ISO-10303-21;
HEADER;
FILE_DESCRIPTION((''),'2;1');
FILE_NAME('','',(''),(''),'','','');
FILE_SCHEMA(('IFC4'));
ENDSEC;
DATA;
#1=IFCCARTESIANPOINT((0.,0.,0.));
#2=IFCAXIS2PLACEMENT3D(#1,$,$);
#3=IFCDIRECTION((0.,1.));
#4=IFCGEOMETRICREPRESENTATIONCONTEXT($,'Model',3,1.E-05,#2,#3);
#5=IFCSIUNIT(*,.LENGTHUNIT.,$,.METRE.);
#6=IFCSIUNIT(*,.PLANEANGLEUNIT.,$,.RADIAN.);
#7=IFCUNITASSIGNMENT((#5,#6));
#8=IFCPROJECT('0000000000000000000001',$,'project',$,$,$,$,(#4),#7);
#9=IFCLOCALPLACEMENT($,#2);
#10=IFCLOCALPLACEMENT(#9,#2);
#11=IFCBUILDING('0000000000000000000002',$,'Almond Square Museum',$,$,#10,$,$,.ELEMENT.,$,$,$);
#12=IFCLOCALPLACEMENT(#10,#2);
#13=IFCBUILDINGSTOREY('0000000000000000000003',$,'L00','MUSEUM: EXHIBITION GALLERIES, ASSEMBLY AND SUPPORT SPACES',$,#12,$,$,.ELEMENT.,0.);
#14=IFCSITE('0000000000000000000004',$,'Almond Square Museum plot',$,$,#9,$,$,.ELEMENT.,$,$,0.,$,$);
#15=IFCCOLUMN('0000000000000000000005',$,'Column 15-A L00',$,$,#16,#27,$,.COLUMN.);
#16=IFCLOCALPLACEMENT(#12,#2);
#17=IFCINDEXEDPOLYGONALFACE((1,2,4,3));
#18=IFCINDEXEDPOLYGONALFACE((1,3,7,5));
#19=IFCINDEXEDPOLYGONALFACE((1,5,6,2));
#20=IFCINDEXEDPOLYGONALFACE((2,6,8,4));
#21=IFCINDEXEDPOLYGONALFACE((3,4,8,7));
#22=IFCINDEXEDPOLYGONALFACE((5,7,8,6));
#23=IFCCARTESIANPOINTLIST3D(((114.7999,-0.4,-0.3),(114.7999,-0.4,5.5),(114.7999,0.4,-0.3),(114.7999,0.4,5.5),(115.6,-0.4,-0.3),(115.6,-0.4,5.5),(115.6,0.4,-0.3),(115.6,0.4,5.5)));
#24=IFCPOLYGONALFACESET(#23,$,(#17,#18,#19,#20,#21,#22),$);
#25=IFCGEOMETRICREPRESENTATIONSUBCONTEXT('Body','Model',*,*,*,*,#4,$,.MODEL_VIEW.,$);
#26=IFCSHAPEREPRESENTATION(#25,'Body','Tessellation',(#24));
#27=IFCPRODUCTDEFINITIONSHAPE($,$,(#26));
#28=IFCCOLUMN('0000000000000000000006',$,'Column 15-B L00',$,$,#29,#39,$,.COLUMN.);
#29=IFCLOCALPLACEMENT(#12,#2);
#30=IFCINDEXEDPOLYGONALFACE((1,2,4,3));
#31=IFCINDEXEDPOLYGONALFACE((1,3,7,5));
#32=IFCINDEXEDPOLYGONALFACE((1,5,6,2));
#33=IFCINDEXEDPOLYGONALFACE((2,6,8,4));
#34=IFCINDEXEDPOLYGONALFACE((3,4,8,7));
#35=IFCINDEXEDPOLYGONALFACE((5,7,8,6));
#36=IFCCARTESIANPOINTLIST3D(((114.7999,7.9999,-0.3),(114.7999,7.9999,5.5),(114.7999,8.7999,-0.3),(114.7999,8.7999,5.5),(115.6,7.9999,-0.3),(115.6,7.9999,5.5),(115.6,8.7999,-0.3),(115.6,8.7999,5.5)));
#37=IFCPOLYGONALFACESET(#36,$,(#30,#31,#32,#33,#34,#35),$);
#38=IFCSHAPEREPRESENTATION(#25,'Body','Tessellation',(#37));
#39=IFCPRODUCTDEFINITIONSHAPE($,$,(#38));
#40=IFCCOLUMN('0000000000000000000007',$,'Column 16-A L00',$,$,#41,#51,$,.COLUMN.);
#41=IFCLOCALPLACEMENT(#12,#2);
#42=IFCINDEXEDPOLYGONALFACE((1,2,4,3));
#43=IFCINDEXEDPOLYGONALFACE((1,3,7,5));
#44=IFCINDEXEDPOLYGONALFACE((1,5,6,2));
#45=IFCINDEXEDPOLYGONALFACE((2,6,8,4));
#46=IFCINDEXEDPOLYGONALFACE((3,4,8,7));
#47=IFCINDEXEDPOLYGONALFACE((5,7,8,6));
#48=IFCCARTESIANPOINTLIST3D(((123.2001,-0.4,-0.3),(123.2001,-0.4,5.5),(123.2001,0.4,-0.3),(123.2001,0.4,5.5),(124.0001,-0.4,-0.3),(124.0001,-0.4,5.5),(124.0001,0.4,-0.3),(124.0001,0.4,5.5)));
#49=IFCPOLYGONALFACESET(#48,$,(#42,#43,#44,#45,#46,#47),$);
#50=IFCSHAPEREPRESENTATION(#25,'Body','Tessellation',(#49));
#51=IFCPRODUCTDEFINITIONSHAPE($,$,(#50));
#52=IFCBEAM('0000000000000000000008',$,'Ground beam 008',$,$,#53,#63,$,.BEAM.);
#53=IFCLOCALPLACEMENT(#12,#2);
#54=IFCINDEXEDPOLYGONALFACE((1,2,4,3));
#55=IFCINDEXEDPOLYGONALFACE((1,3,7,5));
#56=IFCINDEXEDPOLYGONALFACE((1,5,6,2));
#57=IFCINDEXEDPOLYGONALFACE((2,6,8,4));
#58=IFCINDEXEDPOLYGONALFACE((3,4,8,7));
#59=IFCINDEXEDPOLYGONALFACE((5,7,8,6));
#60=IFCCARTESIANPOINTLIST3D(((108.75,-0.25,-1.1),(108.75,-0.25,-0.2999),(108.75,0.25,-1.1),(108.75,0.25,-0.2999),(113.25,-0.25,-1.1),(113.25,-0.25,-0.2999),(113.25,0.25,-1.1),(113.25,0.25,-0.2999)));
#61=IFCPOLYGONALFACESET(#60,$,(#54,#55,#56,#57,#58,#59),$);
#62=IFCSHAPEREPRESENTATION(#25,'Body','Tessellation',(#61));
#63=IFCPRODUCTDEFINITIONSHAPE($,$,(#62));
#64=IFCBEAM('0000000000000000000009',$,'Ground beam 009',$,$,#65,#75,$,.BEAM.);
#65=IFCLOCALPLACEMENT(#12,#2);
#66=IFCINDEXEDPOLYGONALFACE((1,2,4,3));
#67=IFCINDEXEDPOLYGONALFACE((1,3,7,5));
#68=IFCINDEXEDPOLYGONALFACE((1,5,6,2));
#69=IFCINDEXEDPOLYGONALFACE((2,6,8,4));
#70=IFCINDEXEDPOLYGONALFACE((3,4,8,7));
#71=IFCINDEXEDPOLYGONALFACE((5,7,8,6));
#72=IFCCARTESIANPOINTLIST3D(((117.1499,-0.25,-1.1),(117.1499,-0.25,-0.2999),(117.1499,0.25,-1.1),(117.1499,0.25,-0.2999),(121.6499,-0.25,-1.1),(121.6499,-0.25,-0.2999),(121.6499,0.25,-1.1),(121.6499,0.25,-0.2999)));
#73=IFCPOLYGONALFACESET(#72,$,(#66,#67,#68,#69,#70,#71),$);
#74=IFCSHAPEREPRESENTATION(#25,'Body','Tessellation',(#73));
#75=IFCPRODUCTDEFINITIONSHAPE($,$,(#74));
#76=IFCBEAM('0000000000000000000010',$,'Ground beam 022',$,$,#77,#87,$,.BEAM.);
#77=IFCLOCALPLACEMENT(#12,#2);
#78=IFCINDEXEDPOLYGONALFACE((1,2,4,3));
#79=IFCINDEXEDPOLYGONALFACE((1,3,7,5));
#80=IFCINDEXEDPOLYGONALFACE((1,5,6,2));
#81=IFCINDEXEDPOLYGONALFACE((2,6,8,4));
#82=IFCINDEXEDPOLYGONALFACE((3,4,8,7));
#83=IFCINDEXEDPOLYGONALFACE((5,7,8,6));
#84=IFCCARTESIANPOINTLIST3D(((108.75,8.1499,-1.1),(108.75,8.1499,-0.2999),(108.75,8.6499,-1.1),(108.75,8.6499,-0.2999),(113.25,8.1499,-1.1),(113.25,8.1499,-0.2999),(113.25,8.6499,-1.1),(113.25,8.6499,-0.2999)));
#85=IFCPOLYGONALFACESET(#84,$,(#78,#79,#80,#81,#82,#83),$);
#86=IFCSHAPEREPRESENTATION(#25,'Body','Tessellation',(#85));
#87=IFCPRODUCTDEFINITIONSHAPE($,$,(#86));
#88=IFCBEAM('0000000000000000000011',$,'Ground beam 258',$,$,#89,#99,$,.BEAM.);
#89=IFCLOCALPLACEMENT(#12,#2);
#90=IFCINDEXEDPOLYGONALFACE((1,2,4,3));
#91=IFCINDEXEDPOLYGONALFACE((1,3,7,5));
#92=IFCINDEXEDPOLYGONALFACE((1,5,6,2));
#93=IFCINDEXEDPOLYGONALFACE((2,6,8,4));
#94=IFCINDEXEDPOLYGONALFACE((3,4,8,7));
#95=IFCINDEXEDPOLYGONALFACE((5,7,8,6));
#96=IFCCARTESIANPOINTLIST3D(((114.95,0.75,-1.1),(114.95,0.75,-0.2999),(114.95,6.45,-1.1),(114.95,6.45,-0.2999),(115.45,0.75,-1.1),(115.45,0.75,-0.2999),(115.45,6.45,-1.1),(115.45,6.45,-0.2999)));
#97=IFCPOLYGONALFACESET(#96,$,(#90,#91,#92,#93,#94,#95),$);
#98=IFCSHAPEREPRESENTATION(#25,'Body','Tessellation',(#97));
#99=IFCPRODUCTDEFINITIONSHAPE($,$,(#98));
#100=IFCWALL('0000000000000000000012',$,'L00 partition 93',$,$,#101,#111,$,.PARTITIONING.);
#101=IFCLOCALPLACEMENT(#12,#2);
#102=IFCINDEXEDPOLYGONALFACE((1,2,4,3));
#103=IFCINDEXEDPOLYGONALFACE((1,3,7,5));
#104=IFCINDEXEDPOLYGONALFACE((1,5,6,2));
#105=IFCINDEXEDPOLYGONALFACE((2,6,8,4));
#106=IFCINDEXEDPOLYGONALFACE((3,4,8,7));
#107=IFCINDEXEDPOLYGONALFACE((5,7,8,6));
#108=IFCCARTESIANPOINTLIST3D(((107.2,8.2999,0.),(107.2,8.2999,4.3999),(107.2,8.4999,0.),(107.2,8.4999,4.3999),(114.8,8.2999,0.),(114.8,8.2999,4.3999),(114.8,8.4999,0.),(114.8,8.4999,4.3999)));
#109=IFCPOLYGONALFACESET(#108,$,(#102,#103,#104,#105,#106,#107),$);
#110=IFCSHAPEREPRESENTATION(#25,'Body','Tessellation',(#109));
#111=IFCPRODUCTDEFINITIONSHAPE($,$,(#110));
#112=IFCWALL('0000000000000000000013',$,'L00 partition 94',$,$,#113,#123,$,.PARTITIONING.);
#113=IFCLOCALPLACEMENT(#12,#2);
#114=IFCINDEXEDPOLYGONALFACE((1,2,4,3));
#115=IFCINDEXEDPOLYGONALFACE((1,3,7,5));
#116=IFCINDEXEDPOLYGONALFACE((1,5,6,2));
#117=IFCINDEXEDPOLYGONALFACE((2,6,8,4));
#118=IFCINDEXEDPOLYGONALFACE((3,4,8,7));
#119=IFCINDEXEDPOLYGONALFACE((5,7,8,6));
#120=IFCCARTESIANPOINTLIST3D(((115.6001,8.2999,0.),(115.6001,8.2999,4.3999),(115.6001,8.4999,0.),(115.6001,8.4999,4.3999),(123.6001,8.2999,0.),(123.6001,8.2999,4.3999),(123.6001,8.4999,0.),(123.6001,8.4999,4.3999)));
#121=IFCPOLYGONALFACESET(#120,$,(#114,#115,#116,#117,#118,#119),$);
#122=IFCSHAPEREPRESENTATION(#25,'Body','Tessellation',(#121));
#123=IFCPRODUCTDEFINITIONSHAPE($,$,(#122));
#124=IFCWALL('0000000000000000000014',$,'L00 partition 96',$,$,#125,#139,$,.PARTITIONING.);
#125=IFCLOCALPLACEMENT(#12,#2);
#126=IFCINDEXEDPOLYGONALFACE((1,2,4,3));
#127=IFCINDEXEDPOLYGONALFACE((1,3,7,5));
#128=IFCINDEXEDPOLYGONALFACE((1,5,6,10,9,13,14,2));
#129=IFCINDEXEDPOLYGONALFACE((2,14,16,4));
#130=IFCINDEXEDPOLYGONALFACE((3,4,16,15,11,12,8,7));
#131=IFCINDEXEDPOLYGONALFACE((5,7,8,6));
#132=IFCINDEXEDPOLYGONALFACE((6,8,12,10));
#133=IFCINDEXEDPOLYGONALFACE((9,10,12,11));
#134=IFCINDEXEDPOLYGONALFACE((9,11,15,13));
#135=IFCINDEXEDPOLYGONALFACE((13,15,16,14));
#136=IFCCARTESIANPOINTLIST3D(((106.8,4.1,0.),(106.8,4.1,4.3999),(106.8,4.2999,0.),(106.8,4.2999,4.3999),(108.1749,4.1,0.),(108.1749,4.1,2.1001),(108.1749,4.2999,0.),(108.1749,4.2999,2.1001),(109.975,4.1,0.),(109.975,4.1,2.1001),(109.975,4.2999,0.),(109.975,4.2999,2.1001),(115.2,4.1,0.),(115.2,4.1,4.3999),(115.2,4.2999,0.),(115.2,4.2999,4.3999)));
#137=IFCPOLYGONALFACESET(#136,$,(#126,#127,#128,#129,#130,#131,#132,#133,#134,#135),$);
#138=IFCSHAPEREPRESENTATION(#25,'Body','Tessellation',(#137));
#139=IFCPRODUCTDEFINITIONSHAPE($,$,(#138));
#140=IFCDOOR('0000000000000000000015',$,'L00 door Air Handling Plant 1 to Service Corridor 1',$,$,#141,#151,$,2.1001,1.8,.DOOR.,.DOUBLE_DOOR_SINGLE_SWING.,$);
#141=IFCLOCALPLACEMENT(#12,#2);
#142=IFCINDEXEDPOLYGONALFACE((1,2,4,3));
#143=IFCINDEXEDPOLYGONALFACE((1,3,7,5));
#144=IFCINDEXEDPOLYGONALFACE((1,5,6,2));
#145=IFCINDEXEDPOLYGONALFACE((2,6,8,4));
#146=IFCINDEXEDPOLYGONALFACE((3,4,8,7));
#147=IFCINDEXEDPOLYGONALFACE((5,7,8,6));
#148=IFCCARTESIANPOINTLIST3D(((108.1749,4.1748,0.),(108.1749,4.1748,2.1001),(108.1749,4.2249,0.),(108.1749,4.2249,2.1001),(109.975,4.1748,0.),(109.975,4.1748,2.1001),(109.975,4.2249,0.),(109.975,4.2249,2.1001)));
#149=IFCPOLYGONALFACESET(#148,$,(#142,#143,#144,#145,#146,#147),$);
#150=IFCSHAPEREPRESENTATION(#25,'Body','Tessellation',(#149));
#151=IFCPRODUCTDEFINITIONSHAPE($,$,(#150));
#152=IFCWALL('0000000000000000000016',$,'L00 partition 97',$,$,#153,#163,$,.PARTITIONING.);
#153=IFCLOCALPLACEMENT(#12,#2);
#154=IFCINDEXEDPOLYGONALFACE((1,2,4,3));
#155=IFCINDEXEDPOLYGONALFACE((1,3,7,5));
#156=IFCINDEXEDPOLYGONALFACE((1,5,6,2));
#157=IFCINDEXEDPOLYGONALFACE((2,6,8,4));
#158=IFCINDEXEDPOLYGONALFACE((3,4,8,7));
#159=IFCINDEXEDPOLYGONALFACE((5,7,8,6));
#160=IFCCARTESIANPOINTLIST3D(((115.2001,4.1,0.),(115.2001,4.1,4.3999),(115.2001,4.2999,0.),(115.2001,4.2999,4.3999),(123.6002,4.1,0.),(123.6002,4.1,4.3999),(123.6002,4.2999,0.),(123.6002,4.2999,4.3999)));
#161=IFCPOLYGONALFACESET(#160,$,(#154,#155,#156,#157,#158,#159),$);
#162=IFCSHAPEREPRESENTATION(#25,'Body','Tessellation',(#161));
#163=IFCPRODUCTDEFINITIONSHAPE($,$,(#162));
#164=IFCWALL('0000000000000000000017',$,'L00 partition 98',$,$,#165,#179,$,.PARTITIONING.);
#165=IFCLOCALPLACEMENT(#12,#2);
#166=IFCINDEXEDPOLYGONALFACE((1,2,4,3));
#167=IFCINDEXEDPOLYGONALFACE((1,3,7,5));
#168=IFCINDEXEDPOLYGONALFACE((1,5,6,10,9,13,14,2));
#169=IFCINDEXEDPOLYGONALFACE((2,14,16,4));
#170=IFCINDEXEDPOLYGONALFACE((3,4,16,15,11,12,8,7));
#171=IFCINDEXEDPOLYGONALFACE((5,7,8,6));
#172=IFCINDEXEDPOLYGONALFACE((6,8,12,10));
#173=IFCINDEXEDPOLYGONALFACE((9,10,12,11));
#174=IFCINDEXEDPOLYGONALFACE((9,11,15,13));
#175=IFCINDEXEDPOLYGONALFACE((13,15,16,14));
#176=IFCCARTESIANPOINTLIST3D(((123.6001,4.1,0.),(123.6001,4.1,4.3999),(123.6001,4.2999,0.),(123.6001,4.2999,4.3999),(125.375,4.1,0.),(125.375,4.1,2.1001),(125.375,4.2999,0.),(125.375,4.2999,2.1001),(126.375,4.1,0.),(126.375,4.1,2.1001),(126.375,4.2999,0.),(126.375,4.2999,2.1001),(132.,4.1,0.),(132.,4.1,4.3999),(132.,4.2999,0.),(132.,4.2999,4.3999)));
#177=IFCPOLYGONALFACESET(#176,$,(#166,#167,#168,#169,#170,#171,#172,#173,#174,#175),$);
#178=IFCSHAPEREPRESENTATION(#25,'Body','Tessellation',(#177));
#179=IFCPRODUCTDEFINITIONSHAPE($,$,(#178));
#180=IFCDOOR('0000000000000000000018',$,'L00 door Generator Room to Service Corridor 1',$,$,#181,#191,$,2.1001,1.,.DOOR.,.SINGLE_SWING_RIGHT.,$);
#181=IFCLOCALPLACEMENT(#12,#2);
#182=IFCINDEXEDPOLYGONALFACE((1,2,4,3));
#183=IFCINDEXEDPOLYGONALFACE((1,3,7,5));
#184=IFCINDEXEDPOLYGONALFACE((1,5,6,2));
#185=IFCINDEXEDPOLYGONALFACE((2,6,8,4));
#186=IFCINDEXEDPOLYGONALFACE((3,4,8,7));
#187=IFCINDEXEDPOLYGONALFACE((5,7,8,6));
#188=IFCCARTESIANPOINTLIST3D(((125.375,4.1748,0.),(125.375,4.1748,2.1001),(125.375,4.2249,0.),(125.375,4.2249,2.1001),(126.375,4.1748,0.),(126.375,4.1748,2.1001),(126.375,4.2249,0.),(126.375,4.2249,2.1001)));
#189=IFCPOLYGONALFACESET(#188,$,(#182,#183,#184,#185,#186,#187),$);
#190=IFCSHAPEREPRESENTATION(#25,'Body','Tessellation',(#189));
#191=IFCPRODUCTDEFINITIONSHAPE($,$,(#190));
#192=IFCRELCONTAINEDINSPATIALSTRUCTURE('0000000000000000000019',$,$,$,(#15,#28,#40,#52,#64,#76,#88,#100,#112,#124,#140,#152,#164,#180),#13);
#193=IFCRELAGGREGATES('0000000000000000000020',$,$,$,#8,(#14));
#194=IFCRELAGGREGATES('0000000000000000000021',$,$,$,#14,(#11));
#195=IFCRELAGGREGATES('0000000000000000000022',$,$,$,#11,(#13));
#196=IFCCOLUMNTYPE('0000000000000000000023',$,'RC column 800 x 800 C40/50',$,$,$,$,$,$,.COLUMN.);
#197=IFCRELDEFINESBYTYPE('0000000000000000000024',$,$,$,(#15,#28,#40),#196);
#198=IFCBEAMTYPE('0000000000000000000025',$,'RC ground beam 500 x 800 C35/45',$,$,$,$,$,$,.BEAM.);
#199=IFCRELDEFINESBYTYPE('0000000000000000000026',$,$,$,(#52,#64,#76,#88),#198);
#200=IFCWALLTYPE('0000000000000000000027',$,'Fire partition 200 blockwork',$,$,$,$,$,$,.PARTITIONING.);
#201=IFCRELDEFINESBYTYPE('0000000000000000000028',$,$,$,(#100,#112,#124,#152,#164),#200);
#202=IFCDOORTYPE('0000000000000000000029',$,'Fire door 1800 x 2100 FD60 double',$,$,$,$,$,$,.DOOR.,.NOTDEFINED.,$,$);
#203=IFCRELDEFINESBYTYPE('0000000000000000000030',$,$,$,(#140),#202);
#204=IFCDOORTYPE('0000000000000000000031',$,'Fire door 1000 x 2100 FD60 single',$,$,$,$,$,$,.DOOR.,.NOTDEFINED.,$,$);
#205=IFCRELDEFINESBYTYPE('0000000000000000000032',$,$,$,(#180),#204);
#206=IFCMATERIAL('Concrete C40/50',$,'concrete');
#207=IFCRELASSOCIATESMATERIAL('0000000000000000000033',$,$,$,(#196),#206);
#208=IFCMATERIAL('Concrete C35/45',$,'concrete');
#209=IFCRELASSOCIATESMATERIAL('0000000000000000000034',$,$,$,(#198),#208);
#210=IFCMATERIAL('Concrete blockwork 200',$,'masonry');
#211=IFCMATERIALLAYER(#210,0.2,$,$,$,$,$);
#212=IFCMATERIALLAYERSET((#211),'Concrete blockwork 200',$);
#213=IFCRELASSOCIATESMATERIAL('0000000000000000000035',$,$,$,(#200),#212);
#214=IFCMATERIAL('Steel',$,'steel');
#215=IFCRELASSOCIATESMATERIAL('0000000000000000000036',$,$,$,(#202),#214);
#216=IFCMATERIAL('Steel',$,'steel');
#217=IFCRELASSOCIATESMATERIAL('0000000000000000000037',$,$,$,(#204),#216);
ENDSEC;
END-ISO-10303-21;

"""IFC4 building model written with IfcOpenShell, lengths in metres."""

from ifc_helpers import new_model, si_unit, direction, frame, frame_2d, origin, origin_2d, place, context, subcontext, project, spatial, rectangle, extrude, material, layer, layer_set, material_profile, profile_set, type_object, element, fill, save


model = new_model("IFC4")

# Units and contexts
model_context = context("Model", 3, precision=1e-05, world=origin(), true_north=direction((0.0, 1.0)))
body_context = subcontext(model_context, "Body", "Model", "MODEL_VIEW")
ifc_project = project(units=[si_unit("LENGTHUNIT", "METRE"), si_unit("PLANEANGLEUNIT", "RADIAN")], contexts=[model_context])

# Site, building, storey
site_placement = place(None, origin())
site = spatial("IfcSite", under=ifc_project, at=site_placement, Name="Almond Square Museum plot", CompositionType="ELEMENT", RefElevation=0.0)
building_placement = place(site_placement, origin())
building = spatial("IfcBuilding", under=site, at=building_placement, Name="Almond Square Museum", CompositionType="ELEMENT")
storey_placement = place(building_placement, origin())
storey = spatial("IfcBuildingStorey", under=building, at=storey_placement, Name="L00", Description="MUSEUM: EXHIBITION GALLERIES, ASSEMBLY AND SUPPORT SPACES", CompositionType="ELEMENT", Elevation=0.0)

# Columns
ifc_material_1 = material(Name="Concrete C40/50", Category="concrete")
ifc_material_profile_1 = material_profile(ifc_material_1, rectangle(XDim=0.8, YDim=0.8, at=origin_2d()))
ifc_profile_set_1 = profile_set([ifc_material_profile_1], Name="Concrete C40/50")
column_type = type_object("IfcColumnType", Name="RC column 800 x 800 C40/50", PredefinedType="COLUMN", material=ifc_profile_set_1)
for number, where, z_axis, x_axis, name in (
    (1, (115.2, 0.0, -0.3), (0.0, 0.0, 1.0), (1.0, 0.0, 0.0), "Column 15-A L00"),
    (2, (115.2, 8.3999, -0.3), (0.0, 0.0, 1.0), (1.0, 0.0, 0.0), "Column 15-B L00"),
    (3, (123.6001, 0.0, -0.3), (0.0, 0.0, 1.0), (1.0, 0.0, 0.0), "Column 16-A L00"),
):
    element("IfcColumn", number, at=place(storey_placement, frame(where, z_axis=z_axis, x_axis=x_axis)), inside=storey, type_object=column_type, Name=name, PredefinedType="COLUMN", context=body_context, shape_type="SweptSolid", body=[
        extrude(rectangle(XDim=0.8, YDim=0.8, at=origin_2d()), origin(), (0.0, 0.0, 1.0), 5.8),
    ])

# Beams
ifc_material_2 = material(Name="Concrete C35/45", Category="concrete")
ifc_material_profile_2 = material_profile(ifc_material_2, rectangle(XDim=0.5, YDim=0.8, at=origin_2d()))
ifc_profile_set_2 = profile_set([ifc_material_profile_2], Name="Concrete C35/45")
beam_type = type_object("IfcBeamType", Name="RC ground beam 500 x 800 C35/45", PredefinedType="BEAM", material=ifc_profile_set_2)
for number, where, z_axis, x_axis, name in (
    (4, (108.75, 0.0, -0.7), (1.0, 0.0, 0.0), (0.0, 1.0, 0.0), "Ground beam 008"),
    (5, (117.1499, 0.0, -0.7), (1.0, 0.0, 0.0), (0.0, 1.0, 0.0), "Ground beam 009"),
    (6, (108.75, 8.3999, -0.7), (1.0, 0.0, 0.0), (0.0, 1.0, 0.0), "Ground beam 022"),
):
    element("IfcBeam", number, at=place(storey_placement, frame(where, z_axis=z_axis, x_axis=x_axis)), inside=storey, type_object=beam_type, Name=name, PredefinedType="BEAM", context=body_context, shape_type="SweptSolid", body=[
        extrude(rectangle(XDim=0.5, YDim=0.8, at=origin_2d()), origin(), (0.0, 0.0, 1.0), 4.5),
    ])
beam_placement = place(storey_placement, frame((115.2, 0.75, -0.7), z_axis=(0.0, 1.0, 0.0), x_axis=(-1.0, 0.0, 0.0)))
element("IfcBeam", 7, at=beam_placement, inside=storey, type_object=beam_type, Name="Ground beam 258", PredefinedType="BEAM", context=body_context, shape_type="SweptSolid", body=[
    extrude(rectangle(XDim=0.5, YDim=0.8, at=origin_2d()), origin(), (0.0, 0.0, 1.0), 5.7),
])

# Walls
ifc_material_3 = material(Name="Concrete blockwork 200", Category="masonry")
ifc_layer_1 = layer(ifc_material_3, 0.2)
ifc_layer_set_1 = layer_set([ifc_layer_1], Name="Concrete blockwork 200")
wall_type_1 = type_object("IfcWallType", Name="Fire partition 200 blockwork", PredefinedType="PARTITIONING", material=ifc_layer_set_1)
wall_1_placement = place(storey_placement, frame((107.2, 8.3999, 0.0), z_axis=(0.0, 0.0, 1.0), x_axis=(1.0, 0.0, 0.0)))
element("IfcWall", 8, at=wall_1_placement, inside=storey, type_object=wall_type_1, Name="L00 partition 93", PredefinedType="PARTITIONING", context=body_context, shape_type="SweptSolid", body=[
    extrude(rectangle(XDim=7.6001, YDim=0.2, at=frame_2d((3.8, 0.0))), origin(), (0.0, 0.0, 1.0), 4.3999),
])
wall_2_placement = place(storey_placement, frame((115.6001, 8.3999, 0.0), z_axis=(0.0, 0.0, 1.0), x_axis=(1.0, 0.0, 0.0)))
element("IfcWall", 9, at=wall_2_placement, inside=storey, type_object=wall_type_1, Name="L00 partition 94", PredefinedType="PARTITIONING", context=body_context, shape_type="SweptSolid", body=[
    extrude(rectangle(XDim=8.0, YDim=0.2, at=frame_2d((4.0, 0.0))), origin(), (0.0, 0.0, 1.0), 4.3999),
])

# Wall, opening, door
wall_3_placement = place(storey_placement, frame((106.8, 4.2, 0.0), z_axis=(0.0, 0.0, 1.0), x_axis=(1.0, 0.0, 0.0)))
wall_3 = element("IfcWall", 10, at=wall_3_placement, inside=storey, type_object=wall_type_1, Name="L00 partition 96", PredefinedType="PARTITIONING", context=body_context, shape_type="SweptSolid", body=[
    extrude(rectangle(XDim=8.3999, YDim=0.2, at=frame_2d((4.2, 0.0))), origin(), (0.0, 0.0, 1.0), 4.3999),
])
opening_1_placement = place(wall_3_placement, frame((1.375, 0.0, 0.0)))
opening_1 = element("IfcOpeningElement", 11, at=opening_1_placement, cuts=wall_3, PredefinedType="OPENING", context=body_context, shape_type="SweptSolid", body=[
    extrude(rectangle(XDim=1.8, YDim=2.1001, at=frame_2d((0.8999, 1.05))), frame((0.0, 0.1099, 0.0), z_axis=(0.0, -1.0, 0.0), x_axis=(1.0, 0.0, 0.0)), (0.0, 0.0, 1.0), 0.22),
])
ifc_material_4 = material(Name="Steel", Category="steel")
door_type_1 = type_object("IfcDoorType", Name="Fire door 1800 x 2100 FD60 double", OperationType="NOTDEFINED", PredefinedType="DOOR", material=ifc_material_4)
door_1_placement = place(opening_1_placement, origin())
door_1 = element("IfcDoor", 12, at=door_1_placement, inside=storey, type_object=door_type_1, Name="L00 door Air Handling Plant 1 to Service Corridor 1", OperationType="DOUBLE_DOOR_SINGLE_SWING", OverallHeight=2.1001, OverallWidth=1.8, PredefinedType="DOOR", context=body_context, shape_type="SweptSolid", body=[
    extrude(rectangle(XDim=1.8, YDim=2.1001, at=frame_2d((0.8999, 1.05))), frame((0.0, 0.0249, 0.0), z_axis=(0.0, -1.0, 0.0), x_axis=(1.0, 0.0, 0.0)), (0.0, 0.0, 1.0), 0.05),
])
fill(opening_1, door_1)

# Wall
wall_4_placement = place(storey_placement, frame((115.2, 4.2, 0.0), z_axis=(0.0, 0.0, 1.0), x_axis=(1.0, 0.0, 0.0)))
element("IfcWall", 13, at=wall_4_placement, inside=storey, type_object=wall_type_1, Name="L00 partition 97", PredefinedType="PARTITIONING", context=body_context, shape_type="SweptSolid", body=[
    extrude(rectangle(XDim=8.4001, YDim=0.2, at=frame_2d((4.2002, 0.0))), origin(), (0.0, 0.0, 1.0), 4.3999),
])

# Wall, opening, door
wall_5_placement = place(storey_placement, frame((123.6001, 4.2, 0.0), z_axis=(0.0, 0.0, 1.0), x_axis=(1.0, 0.0, 0.0)))
wall_5 = element("IfcWall", 14, at=wall_5_placement, inside=storey, type_object=wall_type_1, Name="L00 partition 98", PredefinedType="PARTITIONING", context=body_context, shape_type="SweptSolid", body=[
    extrude(rectangle(XDim=8.3999, YDim=0.2, at=frame_2d((4.2, 0.0))), origin(), (0.0, 0.0, 1.0), 4.3999),
])
opening_2_placement = place(wall_5_placement, frame((1.7749, 0.0, 0.0)))
opening_2 = element("IfcOpeningElement", 15, at=opening_2_placement, cuts=wall_5, PredefinedType="OPENING", context=body_context, shape_type="SweptSolid", body=[
    extrude(rectangle(XDim=1.0, YDim=2.1001, at=frame_2d((0.5, 1.05))), frame((0.0, 0.1099, 0.0), z_axis=(0.0, -1.0, 0.0), x_axis=(1.0, 0.0, 0.0)), (0.0, 0.0, 1.0), 0.22),
])
ifc_material_5 = material(Name="Steel", Category="steel")
door_type_2 = type_object("IfcDoorType", Name="Fire door 1000 x 2100 FD60 single", OperationType="NOTDEFINED", PredefinedType="DOOR", material=ifc_material_5)
door_2_placement = place(opening_2_placement, origin())
door_2 = element("IfcDoor", 16, at=door_2_placement, inside=storey, type_object=door_type_2, Name="L00 door Generator Room to Service Corridor 1", OperationType="SINGLE_SWING_RIGHT", OverallHeight=2.1001, OverallWidth=1.0, PredefinedType="DOOR", context=body_context, shape_type="SweptSolid", body=[
    extrude(rectangle(XDim=1.0, YDim=2.1001, at=frame_2d((0.5, 1.05))), frame((0.0, 0.0249, 0.0), z_axis=(0.0, -1.0, 0.0), x_axis=(1.0, 0.0, 0.0)), (0.0, 0.0, 1.0), 0.05),
])
fill(opening_2, door_2)

save(model, "model.ifc")
